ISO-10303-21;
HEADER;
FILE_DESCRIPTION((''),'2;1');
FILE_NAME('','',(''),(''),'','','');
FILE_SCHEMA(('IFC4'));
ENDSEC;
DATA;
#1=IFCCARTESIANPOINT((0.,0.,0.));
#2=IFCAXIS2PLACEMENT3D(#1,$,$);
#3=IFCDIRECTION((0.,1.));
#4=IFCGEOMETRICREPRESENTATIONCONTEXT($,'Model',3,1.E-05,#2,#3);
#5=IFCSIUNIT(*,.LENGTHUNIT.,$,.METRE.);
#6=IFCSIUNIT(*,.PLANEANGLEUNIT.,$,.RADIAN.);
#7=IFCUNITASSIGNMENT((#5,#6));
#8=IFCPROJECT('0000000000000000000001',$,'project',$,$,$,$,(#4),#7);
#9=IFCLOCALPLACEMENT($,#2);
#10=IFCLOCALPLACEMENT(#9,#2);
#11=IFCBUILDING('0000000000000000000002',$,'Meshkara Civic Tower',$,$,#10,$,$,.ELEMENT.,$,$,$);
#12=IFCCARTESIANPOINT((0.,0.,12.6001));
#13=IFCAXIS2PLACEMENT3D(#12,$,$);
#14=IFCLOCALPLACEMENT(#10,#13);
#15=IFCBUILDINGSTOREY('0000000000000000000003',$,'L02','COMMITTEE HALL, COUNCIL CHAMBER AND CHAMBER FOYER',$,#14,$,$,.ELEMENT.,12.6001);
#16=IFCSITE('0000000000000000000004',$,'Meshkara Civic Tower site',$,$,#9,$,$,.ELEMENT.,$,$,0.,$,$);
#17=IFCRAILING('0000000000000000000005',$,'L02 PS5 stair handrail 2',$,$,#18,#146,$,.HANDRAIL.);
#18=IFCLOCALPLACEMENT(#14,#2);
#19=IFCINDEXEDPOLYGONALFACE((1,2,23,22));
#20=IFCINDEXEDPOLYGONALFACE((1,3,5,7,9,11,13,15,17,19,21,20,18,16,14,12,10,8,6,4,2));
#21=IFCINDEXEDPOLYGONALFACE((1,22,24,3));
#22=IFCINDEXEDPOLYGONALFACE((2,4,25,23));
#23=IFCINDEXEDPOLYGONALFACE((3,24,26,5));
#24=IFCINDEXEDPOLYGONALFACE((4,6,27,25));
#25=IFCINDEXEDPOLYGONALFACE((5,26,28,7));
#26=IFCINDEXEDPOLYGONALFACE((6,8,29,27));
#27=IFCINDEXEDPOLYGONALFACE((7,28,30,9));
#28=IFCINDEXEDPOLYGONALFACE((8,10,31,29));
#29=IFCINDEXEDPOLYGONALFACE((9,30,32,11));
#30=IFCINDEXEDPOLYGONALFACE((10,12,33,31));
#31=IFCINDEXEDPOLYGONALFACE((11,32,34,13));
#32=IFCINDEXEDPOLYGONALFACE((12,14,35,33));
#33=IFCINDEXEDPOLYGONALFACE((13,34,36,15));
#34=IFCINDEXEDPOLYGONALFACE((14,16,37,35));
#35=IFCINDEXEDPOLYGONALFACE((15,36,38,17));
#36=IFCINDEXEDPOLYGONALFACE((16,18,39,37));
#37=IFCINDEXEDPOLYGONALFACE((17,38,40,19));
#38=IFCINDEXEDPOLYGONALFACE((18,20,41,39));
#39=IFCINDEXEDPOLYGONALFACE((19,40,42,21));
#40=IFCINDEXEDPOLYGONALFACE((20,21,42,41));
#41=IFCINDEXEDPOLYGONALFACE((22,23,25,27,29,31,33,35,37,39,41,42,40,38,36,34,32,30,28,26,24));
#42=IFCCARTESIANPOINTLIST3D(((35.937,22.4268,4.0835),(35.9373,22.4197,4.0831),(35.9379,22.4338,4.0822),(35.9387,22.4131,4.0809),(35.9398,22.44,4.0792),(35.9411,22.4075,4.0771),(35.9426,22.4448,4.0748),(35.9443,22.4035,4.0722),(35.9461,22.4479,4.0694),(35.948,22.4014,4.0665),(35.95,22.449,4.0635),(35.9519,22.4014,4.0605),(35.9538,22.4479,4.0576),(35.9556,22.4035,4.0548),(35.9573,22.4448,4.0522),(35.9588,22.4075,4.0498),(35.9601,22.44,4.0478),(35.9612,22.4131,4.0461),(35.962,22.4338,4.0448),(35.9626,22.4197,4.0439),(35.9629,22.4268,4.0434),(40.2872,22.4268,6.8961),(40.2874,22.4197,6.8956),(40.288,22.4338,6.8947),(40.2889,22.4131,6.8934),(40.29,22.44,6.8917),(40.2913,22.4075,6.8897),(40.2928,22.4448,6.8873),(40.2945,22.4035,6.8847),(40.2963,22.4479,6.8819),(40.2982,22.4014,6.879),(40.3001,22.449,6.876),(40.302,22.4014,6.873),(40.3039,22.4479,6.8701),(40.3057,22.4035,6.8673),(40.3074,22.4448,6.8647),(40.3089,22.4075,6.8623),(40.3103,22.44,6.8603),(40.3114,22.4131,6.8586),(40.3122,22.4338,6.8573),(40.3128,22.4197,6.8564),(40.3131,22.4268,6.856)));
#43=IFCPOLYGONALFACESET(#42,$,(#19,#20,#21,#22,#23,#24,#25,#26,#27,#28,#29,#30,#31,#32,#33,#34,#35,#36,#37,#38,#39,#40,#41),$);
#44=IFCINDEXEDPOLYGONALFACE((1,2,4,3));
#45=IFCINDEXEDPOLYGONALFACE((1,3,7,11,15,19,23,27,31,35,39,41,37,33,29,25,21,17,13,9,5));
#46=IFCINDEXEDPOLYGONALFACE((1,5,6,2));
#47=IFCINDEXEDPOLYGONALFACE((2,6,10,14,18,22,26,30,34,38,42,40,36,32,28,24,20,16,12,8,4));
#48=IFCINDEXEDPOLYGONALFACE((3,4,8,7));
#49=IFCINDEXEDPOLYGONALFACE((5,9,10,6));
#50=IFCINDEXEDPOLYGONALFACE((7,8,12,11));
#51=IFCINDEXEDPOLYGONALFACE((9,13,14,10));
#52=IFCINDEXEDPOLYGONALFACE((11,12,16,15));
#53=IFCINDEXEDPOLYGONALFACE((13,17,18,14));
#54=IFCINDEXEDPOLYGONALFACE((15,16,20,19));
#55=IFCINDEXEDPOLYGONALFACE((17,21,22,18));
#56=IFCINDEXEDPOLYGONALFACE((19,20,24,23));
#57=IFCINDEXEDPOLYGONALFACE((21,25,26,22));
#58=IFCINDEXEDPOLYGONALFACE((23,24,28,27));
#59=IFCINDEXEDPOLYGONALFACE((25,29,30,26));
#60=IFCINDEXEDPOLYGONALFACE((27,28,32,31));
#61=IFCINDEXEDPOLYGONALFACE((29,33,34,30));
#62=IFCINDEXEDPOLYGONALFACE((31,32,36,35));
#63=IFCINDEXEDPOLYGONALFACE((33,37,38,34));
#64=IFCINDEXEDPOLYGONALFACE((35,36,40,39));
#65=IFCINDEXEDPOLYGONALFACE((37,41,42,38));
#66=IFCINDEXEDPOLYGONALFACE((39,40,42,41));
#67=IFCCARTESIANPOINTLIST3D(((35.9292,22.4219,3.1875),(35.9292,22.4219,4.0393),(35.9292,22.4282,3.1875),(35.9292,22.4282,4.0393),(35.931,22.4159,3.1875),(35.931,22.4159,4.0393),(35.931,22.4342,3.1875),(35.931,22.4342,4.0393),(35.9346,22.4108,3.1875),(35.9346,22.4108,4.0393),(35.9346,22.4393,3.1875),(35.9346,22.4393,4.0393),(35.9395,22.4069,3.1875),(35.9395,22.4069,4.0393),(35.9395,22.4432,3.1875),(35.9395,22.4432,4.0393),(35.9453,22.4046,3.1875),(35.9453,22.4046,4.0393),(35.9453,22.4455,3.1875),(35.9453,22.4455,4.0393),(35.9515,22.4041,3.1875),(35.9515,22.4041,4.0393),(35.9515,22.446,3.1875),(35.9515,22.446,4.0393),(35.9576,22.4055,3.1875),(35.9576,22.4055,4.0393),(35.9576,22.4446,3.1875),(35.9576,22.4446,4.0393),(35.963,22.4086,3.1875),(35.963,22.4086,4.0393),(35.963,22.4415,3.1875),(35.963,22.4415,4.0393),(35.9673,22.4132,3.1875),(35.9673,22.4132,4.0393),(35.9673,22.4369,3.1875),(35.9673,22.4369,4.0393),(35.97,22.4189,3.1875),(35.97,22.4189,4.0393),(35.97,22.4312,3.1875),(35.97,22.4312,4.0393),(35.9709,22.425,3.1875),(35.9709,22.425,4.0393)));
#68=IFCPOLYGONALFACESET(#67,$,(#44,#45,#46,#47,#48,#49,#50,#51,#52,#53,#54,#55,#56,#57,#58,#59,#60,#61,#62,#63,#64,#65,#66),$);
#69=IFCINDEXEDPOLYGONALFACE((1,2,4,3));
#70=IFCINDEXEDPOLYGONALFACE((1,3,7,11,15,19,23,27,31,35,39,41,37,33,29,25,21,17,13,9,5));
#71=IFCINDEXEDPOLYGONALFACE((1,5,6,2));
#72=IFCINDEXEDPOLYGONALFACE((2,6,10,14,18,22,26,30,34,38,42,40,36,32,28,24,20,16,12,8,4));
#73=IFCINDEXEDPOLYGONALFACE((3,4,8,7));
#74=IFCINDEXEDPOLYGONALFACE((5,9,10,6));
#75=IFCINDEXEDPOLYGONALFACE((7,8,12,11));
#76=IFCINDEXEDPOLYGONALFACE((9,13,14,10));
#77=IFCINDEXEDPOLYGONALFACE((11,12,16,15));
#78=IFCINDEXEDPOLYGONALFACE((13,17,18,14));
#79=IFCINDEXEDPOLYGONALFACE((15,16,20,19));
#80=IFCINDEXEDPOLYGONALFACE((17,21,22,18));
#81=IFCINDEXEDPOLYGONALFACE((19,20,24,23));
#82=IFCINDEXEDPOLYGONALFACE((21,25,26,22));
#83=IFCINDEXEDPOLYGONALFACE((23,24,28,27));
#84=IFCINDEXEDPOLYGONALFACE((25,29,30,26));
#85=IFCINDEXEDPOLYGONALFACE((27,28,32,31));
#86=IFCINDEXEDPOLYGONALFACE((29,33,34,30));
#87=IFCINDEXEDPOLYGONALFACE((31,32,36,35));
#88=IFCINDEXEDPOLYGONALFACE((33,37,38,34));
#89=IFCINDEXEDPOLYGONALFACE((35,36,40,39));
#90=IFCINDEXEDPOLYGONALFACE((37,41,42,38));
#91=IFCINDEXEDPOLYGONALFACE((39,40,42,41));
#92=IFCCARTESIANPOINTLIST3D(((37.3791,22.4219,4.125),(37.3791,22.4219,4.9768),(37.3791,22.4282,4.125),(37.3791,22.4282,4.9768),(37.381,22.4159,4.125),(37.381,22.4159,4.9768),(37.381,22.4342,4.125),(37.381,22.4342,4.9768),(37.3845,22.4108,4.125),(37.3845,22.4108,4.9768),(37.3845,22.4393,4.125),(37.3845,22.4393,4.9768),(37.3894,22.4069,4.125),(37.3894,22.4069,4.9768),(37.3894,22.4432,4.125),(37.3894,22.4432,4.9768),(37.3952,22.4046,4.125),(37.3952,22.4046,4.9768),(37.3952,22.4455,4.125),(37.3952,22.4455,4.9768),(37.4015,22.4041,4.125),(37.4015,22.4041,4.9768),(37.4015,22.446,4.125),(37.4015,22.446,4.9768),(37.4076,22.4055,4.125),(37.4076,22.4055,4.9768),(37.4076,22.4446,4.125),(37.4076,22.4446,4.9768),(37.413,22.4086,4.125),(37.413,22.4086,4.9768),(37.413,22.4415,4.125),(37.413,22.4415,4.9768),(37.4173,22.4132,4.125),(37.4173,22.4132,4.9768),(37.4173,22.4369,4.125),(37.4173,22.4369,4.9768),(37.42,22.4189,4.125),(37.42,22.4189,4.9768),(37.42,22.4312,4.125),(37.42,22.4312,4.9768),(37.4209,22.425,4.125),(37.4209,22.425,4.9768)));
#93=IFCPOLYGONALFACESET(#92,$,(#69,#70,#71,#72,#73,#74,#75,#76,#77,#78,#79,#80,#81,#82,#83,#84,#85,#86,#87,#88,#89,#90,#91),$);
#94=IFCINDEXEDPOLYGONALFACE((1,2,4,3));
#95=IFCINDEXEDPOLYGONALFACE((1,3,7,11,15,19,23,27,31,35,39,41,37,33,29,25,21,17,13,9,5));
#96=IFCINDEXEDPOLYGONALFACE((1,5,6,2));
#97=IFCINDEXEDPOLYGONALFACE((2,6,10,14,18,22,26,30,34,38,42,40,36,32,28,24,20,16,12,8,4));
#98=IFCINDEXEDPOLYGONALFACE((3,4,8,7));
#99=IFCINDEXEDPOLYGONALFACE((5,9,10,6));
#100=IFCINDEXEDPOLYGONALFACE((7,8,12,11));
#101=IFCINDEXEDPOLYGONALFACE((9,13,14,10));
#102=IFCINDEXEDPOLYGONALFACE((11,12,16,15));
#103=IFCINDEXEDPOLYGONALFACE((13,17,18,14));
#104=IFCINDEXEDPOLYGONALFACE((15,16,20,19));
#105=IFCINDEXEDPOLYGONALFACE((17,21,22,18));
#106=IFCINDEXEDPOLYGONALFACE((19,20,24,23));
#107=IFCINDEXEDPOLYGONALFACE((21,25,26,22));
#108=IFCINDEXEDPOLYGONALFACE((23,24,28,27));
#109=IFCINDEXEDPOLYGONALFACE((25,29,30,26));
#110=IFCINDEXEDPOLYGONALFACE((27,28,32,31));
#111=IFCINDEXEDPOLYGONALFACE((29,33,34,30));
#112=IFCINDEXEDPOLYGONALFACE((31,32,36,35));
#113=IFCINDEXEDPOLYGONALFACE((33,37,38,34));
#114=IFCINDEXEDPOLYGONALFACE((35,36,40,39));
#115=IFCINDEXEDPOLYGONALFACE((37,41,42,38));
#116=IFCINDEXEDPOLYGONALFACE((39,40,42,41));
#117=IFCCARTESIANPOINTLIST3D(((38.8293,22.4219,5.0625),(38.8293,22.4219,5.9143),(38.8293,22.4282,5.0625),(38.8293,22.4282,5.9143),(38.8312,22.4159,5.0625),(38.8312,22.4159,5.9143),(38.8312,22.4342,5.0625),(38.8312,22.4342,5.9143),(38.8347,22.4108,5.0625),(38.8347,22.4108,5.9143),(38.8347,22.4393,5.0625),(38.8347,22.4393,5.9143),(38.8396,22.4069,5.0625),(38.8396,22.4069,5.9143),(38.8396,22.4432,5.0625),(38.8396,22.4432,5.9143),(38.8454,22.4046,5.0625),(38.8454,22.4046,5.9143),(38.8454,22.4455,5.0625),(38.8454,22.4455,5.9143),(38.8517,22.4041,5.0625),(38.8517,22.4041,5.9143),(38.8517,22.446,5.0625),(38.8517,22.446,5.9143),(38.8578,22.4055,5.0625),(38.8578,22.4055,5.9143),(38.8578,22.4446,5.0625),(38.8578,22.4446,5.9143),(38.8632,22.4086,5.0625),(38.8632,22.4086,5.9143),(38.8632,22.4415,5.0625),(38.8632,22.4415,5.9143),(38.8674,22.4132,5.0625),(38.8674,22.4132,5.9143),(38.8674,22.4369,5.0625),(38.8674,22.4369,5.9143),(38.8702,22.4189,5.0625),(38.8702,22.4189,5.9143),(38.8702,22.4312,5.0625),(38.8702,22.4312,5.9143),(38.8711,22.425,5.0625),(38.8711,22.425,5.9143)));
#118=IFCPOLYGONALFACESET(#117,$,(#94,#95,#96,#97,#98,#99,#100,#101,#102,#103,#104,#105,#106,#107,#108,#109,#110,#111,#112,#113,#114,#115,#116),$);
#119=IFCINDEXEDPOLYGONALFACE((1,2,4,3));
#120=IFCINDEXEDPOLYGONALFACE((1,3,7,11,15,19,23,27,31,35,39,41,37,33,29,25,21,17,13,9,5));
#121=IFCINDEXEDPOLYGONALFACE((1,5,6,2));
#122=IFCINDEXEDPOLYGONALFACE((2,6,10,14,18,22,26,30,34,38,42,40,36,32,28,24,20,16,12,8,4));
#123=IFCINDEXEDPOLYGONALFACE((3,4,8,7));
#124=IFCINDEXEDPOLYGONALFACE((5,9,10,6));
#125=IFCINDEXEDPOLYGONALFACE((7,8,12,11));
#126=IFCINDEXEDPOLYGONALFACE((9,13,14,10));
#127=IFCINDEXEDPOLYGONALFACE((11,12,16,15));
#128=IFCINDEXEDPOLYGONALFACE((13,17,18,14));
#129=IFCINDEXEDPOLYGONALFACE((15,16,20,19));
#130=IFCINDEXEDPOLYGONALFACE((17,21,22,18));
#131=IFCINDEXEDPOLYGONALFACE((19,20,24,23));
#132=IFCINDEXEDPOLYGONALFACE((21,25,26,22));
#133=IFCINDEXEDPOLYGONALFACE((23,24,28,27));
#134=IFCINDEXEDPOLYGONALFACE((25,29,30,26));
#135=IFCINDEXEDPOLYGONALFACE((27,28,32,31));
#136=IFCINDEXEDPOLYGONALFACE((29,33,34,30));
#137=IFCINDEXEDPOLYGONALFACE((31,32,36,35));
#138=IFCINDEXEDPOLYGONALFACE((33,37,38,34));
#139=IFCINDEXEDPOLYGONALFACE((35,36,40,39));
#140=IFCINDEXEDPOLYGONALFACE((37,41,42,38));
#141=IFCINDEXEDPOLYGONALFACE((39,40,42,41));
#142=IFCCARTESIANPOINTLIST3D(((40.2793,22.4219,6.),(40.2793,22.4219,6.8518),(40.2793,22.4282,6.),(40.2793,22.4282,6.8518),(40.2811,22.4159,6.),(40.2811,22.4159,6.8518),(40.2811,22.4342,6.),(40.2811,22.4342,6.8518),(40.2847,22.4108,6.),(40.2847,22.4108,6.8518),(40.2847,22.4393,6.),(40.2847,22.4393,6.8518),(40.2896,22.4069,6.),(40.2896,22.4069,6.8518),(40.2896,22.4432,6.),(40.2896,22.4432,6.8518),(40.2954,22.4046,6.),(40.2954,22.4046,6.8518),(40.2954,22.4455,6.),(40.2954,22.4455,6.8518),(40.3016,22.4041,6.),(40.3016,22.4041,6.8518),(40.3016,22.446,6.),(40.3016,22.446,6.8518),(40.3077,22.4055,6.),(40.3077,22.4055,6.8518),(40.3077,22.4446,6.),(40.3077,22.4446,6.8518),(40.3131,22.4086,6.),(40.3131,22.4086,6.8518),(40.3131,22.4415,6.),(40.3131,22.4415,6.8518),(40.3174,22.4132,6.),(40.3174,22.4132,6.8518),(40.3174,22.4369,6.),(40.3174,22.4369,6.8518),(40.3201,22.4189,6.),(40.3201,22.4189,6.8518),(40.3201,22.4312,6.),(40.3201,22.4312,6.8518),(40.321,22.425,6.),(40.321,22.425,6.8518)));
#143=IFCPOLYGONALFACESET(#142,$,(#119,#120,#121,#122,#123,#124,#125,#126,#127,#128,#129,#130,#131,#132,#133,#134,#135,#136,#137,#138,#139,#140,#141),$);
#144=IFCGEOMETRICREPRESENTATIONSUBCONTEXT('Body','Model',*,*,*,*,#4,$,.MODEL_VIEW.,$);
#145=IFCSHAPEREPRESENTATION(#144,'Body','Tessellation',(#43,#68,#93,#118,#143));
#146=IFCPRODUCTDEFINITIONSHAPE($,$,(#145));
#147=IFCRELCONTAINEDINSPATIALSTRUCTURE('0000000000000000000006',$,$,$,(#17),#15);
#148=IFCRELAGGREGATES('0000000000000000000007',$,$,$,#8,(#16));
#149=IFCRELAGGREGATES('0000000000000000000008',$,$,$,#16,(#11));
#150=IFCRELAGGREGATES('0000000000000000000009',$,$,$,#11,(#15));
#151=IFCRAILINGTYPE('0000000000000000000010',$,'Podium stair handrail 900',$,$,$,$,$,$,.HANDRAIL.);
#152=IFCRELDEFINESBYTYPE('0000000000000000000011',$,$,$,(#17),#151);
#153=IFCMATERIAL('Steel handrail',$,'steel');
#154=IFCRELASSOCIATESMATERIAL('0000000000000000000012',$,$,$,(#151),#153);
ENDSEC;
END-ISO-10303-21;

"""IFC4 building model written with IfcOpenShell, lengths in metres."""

from ifc_helpers import new_model, si_unit, direction, frame, origin, origin_2d, place, context, subcontext, project, spatial, circle, extrude, material, type_object, element, save


model = new_model("IFC4")

# Units and contexts
model_context = context("Model", 3, precision=1e-05, world=origin(), true_north=direction((0.0, 1.0)))
body_context = subcontext(model_context, "Body", "Model", "MODEL_VIEW")
ifc_project = project(units=[si_unit("LENGTHUNIT", "METRE"), si_unit("PLANEANGLEUNIT", "RADIAN")], contexts=[model_context])

# Site, building, storey
site_placement = place(None, origin())
site = spatial("IfcSite", under=ifc_project, at=site_placement, Name="Meshkara Civic Tower site", CompositionType="ELEMENT", RefElevation=0.0)
building_placement = place(site_placement, origin())
building = spatial("IfcBuilding", under=site, at=building_placement, Name="Meshkara Civic Tower", CompositionType="ELEMENT")
storey_placement = place(building_placement, frame((0.0, 0.0, 12.6001)))
storey = spatial("IfcBuildingStorey", under=building, at=storey_placement, Name="L02", Description="COMMITTEE HALL, COUNCIL CHAMBER AND CHAMBER FOYER", CompositionType="ELEMENT", Elevation=12.6001)

# Railing
ifc_material_1 = material(Name="Steel handrail", Category="steel")
railing_type_1 = type_object("IfcRailingType", Name="Podium stair handrail 900", PredefinedType="HANDRAIL", material=ifc_material_1)
railing_1_placement = place(storey_placement, frame((35.95, 22.425, 3.1875)))
element("IfcRailing", 1, at=railing_1_placement, inside=storey, type_object=railing_type_1, Name="L02 PS5 stair handrail 2", PredefinedType="HANDRAIL", context=body_context, shape_type="SweptSolid", body=[
    extrude(circle(Radius=0.0239, at=origin_2d()), frame((0.0, 0.0, 0.876), z_axis=(0.83977, 0.0, 0.542942), x_axis=(0.0, 1.0, 0.0)), (0.0, 0.0, 1.0), 5.1802),
    extrude(circle(Radius=0.021, at=origin_2d()), origin(), (0.0, 0.0, 1.0), 0.8518),
    extrude(circle(Radius=0.021, at=origin_2d()), frame((1.45, 0.0, 0.9375)), (0.0, 0.0, 1.0), 0.8518),
    extrude(circle(Radius=0.021, at=origin_2d()), frame((2.9001, 0.0, 1.875)), (0.0, 0.0, 1.0), 0.8518),
    extrude(circle(Radius=0.021, at=origin_2d()), frame((4.3501, 0.0, 2.8125)), (0.0, 0.0, 1.0), 0.8518),
])

save(model, "model.ifc")
